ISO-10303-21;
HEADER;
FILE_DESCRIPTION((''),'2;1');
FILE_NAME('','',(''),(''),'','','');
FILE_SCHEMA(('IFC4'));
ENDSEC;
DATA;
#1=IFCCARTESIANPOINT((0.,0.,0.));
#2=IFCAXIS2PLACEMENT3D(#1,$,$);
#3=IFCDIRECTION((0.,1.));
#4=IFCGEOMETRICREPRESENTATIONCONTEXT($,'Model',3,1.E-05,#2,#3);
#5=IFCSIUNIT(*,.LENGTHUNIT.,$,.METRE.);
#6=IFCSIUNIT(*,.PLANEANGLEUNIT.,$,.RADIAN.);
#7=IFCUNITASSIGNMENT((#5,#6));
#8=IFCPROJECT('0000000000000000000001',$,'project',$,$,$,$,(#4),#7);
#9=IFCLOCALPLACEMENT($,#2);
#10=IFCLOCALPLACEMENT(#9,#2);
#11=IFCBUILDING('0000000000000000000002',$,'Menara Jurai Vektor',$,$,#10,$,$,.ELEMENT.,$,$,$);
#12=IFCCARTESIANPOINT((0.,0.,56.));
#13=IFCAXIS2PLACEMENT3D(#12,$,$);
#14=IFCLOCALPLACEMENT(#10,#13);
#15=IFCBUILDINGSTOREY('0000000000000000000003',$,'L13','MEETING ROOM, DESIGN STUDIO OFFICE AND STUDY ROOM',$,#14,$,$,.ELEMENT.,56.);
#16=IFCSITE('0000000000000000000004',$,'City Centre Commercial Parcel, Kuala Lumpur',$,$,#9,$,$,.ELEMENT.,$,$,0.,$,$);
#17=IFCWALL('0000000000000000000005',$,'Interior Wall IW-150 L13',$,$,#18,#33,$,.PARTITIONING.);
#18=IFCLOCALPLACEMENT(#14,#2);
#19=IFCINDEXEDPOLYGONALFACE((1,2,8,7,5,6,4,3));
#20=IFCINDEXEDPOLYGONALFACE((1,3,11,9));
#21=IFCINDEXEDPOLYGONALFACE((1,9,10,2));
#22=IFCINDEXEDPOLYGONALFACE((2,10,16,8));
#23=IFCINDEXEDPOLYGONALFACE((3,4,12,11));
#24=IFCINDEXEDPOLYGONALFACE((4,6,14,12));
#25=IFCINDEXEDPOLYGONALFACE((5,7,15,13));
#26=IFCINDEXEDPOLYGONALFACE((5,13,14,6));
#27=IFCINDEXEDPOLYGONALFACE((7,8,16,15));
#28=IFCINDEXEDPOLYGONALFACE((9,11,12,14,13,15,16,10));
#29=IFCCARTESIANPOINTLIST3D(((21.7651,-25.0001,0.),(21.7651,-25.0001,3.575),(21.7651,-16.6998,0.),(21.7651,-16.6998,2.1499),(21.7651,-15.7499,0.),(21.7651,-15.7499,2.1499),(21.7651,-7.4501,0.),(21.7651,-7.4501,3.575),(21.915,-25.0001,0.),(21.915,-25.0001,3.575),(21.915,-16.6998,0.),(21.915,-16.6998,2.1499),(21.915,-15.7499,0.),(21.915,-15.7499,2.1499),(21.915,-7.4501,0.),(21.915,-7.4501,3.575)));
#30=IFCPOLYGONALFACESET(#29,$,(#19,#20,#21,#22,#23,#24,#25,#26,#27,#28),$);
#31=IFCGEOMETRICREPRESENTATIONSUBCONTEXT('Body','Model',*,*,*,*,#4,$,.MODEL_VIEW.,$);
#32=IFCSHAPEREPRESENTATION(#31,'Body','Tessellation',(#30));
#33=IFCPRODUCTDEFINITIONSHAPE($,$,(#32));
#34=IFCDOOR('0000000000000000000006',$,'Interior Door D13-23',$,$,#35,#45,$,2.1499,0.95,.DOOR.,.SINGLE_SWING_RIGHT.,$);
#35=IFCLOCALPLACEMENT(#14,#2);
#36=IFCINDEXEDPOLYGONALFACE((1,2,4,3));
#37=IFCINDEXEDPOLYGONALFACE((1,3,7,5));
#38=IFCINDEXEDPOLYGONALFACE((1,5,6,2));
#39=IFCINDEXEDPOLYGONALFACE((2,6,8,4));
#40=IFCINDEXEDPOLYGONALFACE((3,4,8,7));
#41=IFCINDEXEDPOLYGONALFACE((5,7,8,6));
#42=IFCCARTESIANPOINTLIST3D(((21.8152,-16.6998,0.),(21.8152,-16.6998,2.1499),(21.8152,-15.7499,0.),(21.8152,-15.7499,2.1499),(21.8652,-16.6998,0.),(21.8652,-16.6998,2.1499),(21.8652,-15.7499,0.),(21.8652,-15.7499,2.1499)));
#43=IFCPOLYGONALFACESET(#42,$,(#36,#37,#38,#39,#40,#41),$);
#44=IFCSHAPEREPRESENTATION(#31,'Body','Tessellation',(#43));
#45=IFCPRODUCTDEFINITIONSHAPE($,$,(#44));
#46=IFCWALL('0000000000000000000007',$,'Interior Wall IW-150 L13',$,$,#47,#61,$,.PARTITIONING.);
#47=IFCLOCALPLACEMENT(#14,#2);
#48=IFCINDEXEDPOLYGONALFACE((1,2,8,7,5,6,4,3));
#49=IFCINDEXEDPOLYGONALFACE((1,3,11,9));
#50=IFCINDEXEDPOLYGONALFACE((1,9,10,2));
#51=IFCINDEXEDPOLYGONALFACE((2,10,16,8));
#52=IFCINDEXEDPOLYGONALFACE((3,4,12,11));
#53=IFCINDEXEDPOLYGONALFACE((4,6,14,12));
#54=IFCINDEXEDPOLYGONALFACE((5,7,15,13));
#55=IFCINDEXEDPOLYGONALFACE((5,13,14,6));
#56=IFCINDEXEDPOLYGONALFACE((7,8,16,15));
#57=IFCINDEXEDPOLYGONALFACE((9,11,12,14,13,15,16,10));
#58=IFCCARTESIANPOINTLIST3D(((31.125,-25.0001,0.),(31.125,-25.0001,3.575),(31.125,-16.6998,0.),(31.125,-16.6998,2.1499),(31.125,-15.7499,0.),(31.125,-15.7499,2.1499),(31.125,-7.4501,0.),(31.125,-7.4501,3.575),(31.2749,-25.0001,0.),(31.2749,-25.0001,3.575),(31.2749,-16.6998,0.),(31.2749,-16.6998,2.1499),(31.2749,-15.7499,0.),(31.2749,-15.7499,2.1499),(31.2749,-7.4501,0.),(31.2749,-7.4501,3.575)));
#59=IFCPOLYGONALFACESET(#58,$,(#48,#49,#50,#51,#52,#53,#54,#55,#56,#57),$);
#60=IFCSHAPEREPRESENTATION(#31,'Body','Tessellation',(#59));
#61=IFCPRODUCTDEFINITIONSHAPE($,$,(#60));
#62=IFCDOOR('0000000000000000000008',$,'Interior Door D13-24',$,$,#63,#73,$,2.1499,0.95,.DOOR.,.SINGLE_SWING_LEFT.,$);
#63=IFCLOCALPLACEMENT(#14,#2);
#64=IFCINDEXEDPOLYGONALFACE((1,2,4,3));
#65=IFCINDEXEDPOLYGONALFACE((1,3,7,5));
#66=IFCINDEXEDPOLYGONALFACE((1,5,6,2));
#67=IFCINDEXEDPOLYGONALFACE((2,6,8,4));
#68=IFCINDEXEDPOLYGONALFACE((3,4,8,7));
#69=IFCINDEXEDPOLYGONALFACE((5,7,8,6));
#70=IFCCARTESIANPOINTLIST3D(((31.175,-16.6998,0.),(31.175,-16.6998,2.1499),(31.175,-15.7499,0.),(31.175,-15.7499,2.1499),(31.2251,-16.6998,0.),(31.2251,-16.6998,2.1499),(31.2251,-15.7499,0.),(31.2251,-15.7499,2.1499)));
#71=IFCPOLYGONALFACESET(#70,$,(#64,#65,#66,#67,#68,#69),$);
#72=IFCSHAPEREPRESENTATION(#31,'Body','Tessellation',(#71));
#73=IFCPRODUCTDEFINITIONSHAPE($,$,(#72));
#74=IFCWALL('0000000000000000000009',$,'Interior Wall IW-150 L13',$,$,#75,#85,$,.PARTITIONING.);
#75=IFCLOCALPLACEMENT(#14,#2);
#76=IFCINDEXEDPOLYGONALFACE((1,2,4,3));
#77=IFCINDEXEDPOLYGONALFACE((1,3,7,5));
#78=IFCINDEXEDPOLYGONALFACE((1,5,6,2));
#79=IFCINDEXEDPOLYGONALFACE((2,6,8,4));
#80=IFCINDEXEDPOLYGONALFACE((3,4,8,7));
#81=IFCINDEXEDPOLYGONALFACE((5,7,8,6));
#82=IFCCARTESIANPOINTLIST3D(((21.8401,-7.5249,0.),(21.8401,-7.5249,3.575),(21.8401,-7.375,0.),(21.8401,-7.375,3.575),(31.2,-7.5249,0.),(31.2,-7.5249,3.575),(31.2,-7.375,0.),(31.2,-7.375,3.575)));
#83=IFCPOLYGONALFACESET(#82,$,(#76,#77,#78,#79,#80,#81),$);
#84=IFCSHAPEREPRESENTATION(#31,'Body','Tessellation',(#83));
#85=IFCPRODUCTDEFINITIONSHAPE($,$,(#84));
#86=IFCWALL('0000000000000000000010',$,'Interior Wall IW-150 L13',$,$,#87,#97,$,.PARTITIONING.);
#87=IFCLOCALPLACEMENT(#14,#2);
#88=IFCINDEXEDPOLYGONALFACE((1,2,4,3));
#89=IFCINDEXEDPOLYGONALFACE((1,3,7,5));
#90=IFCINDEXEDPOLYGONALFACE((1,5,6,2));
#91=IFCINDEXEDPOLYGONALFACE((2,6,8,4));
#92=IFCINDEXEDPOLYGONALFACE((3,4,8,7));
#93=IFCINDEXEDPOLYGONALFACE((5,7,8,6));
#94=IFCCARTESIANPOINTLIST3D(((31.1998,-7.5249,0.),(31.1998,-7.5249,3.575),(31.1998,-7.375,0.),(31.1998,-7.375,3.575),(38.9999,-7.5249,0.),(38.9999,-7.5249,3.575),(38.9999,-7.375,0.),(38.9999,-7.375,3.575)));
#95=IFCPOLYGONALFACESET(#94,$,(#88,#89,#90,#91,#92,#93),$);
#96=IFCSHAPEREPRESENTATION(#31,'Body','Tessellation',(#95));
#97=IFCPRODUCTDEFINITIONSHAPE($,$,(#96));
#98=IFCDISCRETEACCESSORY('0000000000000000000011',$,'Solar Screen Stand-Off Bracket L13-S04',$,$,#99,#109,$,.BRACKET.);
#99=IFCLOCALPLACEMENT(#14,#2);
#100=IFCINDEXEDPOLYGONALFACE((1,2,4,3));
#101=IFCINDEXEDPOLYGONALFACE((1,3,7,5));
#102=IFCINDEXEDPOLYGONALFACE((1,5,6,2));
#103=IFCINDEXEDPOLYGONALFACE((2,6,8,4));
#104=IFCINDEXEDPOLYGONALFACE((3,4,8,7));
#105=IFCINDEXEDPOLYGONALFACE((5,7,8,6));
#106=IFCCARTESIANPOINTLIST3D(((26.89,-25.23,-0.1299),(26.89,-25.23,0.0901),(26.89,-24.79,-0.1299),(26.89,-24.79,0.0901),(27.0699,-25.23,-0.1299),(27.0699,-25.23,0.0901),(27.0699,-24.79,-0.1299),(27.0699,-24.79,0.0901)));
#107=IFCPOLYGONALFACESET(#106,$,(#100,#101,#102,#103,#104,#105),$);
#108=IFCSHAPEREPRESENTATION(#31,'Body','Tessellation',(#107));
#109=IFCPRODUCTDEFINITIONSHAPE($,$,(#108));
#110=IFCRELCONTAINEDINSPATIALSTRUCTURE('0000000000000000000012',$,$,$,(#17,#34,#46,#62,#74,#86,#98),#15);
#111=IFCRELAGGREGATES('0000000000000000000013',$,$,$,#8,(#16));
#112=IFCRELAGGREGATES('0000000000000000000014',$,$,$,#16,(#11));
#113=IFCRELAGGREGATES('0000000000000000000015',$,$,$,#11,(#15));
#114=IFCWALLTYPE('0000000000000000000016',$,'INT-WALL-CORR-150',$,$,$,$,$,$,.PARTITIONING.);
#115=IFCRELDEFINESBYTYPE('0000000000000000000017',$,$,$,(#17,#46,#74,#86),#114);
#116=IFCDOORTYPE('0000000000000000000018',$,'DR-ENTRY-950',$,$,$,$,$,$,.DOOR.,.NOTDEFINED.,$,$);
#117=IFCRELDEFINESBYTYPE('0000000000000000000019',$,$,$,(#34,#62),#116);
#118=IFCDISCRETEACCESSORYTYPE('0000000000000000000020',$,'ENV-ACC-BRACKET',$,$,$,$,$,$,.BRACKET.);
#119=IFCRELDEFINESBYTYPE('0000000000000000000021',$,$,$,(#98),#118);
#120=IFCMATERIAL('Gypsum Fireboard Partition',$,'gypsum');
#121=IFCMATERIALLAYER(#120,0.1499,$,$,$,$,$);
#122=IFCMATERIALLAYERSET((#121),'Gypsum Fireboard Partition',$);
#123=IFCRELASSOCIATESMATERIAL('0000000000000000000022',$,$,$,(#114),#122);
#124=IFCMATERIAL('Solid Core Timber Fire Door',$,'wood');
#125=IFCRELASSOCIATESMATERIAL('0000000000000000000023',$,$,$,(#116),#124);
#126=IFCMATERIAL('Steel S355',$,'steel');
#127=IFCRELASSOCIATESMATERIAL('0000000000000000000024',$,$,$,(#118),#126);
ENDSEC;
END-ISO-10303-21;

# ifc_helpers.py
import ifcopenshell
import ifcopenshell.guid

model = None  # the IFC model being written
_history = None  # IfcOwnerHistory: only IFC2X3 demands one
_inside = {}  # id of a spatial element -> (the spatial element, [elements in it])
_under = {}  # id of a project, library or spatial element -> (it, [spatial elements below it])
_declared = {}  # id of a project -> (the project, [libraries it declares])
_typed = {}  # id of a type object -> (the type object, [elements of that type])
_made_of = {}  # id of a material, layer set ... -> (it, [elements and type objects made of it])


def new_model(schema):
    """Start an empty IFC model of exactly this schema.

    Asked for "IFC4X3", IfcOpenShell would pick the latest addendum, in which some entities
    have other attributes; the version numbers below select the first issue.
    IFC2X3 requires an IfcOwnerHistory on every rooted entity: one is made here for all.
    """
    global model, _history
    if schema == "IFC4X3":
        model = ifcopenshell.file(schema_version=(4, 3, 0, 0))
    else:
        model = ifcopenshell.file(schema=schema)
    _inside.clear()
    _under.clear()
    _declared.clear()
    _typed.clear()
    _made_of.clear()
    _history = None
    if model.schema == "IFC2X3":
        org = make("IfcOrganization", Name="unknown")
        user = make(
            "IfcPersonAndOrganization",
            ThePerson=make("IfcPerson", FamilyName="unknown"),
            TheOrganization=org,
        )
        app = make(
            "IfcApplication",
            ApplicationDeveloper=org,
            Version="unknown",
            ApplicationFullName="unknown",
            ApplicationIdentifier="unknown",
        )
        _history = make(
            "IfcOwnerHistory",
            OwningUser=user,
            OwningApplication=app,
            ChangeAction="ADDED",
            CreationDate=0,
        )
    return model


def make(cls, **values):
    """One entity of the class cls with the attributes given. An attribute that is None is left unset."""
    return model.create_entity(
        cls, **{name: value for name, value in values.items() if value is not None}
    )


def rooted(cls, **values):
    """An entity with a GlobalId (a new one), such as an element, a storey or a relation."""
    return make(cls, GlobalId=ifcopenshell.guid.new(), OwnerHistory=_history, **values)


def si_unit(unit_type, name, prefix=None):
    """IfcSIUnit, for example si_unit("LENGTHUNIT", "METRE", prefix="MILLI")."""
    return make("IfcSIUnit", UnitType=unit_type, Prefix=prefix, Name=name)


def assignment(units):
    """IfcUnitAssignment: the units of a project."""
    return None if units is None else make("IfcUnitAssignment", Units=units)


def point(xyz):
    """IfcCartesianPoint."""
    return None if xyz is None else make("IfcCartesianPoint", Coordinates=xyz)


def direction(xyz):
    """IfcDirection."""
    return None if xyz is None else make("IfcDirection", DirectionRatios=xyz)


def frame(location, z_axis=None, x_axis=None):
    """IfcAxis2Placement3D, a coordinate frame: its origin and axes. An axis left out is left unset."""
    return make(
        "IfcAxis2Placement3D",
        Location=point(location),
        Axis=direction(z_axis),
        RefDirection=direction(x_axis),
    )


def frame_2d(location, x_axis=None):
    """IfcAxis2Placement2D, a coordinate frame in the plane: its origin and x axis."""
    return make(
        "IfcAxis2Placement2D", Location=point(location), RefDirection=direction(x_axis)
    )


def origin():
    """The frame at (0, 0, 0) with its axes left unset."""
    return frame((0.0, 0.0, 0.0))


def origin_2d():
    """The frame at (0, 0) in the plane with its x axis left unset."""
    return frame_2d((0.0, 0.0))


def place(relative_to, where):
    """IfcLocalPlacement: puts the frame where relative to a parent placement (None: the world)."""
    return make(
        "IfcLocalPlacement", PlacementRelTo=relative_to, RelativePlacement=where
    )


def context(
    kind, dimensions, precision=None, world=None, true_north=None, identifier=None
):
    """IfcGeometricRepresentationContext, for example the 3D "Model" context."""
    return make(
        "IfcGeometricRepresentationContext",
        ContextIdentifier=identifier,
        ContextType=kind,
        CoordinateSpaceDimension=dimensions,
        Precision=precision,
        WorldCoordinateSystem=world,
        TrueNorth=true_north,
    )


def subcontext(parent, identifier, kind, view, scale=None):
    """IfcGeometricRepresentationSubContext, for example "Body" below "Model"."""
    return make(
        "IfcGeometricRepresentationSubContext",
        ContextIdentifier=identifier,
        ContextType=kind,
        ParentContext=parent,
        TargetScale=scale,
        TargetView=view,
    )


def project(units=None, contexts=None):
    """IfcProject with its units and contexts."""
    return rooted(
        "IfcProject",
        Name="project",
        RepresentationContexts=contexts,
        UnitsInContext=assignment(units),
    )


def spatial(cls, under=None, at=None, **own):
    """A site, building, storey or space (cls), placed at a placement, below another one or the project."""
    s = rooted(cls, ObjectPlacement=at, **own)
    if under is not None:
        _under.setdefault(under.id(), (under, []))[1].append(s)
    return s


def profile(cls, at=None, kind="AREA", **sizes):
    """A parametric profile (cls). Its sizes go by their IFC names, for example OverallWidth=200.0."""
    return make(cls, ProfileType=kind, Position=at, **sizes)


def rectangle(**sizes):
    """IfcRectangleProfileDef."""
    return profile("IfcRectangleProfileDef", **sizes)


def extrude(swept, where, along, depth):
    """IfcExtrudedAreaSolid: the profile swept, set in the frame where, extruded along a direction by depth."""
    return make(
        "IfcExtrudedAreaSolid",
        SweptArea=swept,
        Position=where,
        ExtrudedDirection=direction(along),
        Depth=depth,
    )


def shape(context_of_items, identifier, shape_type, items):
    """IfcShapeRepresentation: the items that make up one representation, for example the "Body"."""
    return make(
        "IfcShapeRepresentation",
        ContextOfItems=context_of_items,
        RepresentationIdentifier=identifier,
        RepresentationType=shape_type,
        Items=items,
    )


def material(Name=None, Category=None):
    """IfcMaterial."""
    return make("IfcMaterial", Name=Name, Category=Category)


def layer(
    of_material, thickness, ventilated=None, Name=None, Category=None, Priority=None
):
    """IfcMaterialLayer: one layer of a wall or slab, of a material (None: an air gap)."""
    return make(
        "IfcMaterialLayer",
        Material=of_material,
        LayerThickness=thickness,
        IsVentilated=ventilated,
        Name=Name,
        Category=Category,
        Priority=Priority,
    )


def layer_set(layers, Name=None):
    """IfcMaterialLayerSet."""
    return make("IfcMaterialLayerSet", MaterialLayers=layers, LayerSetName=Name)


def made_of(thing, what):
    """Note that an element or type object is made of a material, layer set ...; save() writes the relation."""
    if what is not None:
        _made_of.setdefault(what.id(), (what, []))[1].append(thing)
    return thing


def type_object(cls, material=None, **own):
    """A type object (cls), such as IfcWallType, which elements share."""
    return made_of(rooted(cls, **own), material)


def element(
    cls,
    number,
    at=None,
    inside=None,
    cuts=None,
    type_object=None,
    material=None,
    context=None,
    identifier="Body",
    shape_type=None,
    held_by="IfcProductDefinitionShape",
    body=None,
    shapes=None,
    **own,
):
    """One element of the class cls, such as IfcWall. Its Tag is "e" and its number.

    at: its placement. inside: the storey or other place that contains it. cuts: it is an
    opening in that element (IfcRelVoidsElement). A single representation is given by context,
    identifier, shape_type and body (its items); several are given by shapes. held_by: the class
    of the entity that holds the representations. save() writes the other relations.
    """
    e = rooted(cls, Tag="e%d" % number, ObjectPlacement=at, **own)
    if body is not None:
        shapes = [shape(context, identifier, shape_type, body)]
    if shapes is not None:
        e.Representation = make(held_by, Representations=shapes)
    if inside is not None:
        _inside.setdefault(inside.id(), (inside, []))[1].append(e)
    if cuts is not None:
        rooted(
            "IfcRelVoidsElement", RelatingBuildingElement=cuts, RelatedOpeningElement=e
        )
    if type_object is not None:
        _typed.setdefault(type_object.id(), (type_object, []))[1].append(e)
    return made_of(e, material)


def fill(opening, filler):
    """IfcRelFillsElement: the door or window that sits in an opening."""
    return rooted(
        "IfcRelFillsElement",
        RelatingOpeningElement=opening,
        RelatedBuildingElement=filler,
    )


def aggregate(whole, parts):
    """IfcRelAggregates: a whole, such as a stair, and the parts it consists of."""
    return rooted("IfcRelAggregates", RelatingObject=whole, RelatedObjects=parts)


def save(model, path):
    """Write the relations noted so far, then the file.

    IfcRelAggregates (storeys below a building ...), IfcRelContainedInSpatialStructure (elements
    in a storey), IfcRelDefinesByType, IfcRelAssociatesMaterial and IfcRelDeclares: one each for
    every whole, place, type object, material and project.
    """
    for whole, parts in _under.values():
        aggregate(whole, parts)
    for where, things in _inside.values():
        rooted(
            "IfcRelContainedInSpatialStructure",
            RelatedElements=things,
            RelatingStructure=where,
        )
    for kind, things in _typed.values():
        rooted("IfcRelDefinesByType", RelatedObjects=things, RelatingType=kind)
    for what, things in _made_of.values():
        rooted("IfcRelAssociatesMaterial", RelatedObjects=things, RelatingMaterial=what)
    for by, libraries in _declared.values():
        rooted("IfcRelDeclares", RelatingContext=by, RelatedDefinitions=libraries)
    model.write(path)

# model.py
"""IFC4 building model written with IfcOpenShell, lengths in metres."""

from ifc_helpers import new_model, si_unit, direction, frame, frame_2d, origin, origin_2d, place, context, subcontext, project, spatial, rectangle, extrude, material, layer, layer_set, type_object, element, fill, save


model = new_model("IFC4")

# Units and contexts
model_context = context("Model", 3, precision=1e-05, world=origin(), true_north=direction((0.0, 1.0)))
body_context = subcontext(model_context, "Body", "Model", "MODEL_VIEW")
ifc_project = project(units=[si_unit("LENGTHUNIT", "METRE"), si_unit("PLANEANGLEUNIT", "RADIAN")], contexts=[model_context])

# Site, building, storey
site_placement = place(None, origin())
site = spatial("IfcSite", under=ifc_project, at=site_placement, Name="City Centre Commercial Parcel, Kuala Lumpur", CompositionType="ELEMENT", RefElevation=0.0)
building_placement = place(site_placement, origin())
building = spatial("IfcBuilding", under=site, at=building_placement, Name="Menara Jurai Vektor", CompositionType="ELEMENT")
storey_placement = place(building_placement, frame((0.0, 0.0, 56.0)))
storey = spatial("IfcBuildingStorey", under=building, at=storey_placement, Name="L13", Description="MEETING ROOM, DESIGN STUDIO OFFICE AND STUDY ROOM", CompositionType="ELEMENT", Elevation=56.0)

# Shared definitions
ifc_material_1 = material(Name="Steel S355", Category="steel")

# Walls, openings, doors
ifc_material_2 = material(Name="Gypsum Fireboard Partition", Category="gypsum")
ifc_layer_1 = layer(ifc_material_2, 0.1499)
ifc_layer_set_1 = layer_set([ifc_layer_1], Name="Gypsum Fireboard Partition")
wall_type = type_object("IfcWallType", Name="INT-WALL-CORR-150", PredefinedType="PARTITIONING", material=ifc_layer_set_1)
wall_1_placement = place(storey_placement, frame((21.8401, -25.0, 0.0), z_axis=(0.0, 0.0, 1.0), x_axis=(0.0, 1.0, 0.0)))
wall_1 = element("IfcWall", 1, at=wall_1_placement, inside=storey, type_object=wall_type, Name="Interior Wall IW-150 L13", PredefinedType="PARTITIONING", context=body_context, shape_type="SweptSolid", body=[
    extrude(rectangle(XDim=17.55, YDim=0.1499, at=frame_2d((8.7749, 0.0))), origin(), (0.0, 0.0, 1.0), 3.575),
])
opening_1_placement = place(wall_1_placement, frame((8.3, 0.0, 0.0)))
opening_1 = element("IfcOpeningElement", 2, at=opening_1_placement, cuts=wall_1, PredefinedType="OPENING", context=body_context, shape_type="SweptSolid", body=[
    extrude(rectangle(XDim=0.95, YDim=2.1499, at=frame_2d((0.4751, 1.075))), frame((0.0, 0.085, 0.0), z_axis=(0.0, -1.0, 0.0), x_axis=(1.0, 0.0, 0.0)), (0.0, 0.0, 1.0), 0.1699),
])
ifc_material_3 = material(Name="Solid Core Timber Fire Door", Category="wood")
door_type = type_object("IfcDoorType", Name="DR-ENTRY-950", OperationType="NOTDEFINED", PredefinedType="DOOR", material=ifc_material_3)
door_1_placement = place(opening_1_placement, origin())
door_1 = element("IfcDoor", 3, at=door_1_placement, inside=storey, type_object=door_type, Name="Interior Door D13-23", OperationType="SINGLE_SWING_RIGHT", OverallHeight=2.1499, OverallWidth=0.95, PredefinedType="DOOR", context=body_context, shape_type="SweptSolid", body=[
    extrude(rectangle(XDim=0.95, YDim=2.1499, at=frame_2d((0.4751, 1.075))), frame((0.0, 0.0249, 0.0), z_axis=(0.0, -1.0, 0.0), x_axis=(1.0, 0.0, 0.0)), (0.0, 0.0, 1.0), 0.05),
])
fill(opening_1, door_1)
wall_2_placement = place(storey_placement, frame((31.2, -25.0, 0.0), z_axis=(0.0, 0.0, 1.0), x_axis=(0.0, 1.0, 0.0)))
wall_2 = element("IfcWall", 4, at=wall_2_placement, inside=storey, type_object=wall_type, Name="Interior Wall IW-150 L13", PredefinedType="PARTITIONING", context=body_context, shape_type="SweptSolid", body=[
    extrude(rectangle(XDim=17.55, YDim=0.1499, at=frame_2d((8.7749, 0.0))), origin(), (0.0, 0.0, 1.0), 3.575),
])
opening_2_placement = place(wall_2_placement, frame((8.3, 0.0, 0.0)))
opening_2 = element("IfcOpeningElement", 5, at=opening_2_placement, cuts=wall_2, PredefinedType="OPENING", context=body_context, shape_type="SweptSolid", body=[
    extrude(rectangle(XDim=0.95, YDim=2.1499, at=frame_2d((0.4751, 1.075))), frame((0.0, 0.085, 0.0), z_axis=(0.0, -1.0, 0.0), x_axis=(1.0, 0.0, 0.0)), (0.0, 0.0, 1.0), 0.1699),
])
door_2_placement = place(opening_2_placement, origin())
door_2 = element("IfcDoor", 6, at=door_2_placement, inside=storey, type_object=door_type, Name="Interior Door D13-24", OperationType="SINGLE_SWING_LEFT", OverallHeight=2.1499, OverallWidth=0.95, PredefinedType="DOOR", context=body_context, shape_type="SweptSolid", body=[
    extrude(rectangle(XDim=0.95, YDim=2.1499, at=frame_2d((0.4751, 1.075))), frame((0.0, 0.0249, 0.0), z_axis=(0.0, -1.0, 0.0), x_axis=(1.0, 0.0, 0.0)), (0.0, 0.0, 1.0), 0.05),
])
fill(opening_2, door_2)

# Walls
wall_3_placement = place(storey_placement, frame((21.8401, -7.45, 0.0), z_axis=(0.0, 0.0, 1.0), x_axis=(1.0, 0.0, 0.0)))
element("IfcWall", 7, at=wall_3_placement, inside=storey, type_object=wall_type, Name="Interior Wall IW-150 L13", PredefinedType="PARTITIONING", context=body_context, shape_type="SweptSolid", body=[
    extrude(rectangle(XDim=9.3599, YDim=0.1499, at=frame_2d((4.6799, 0.0))), origin(), (0.0, 0.0, 1.0), 3.575),
])
wall_4_placement = place(storey_placement, frame((31.2, -7.45, 0.0), z_axis=(0.0, 0.0, 1.0), x_axis=(1.0, 0.0, 0.0)))
element("IfcWall", 8, at=wall_4_placement, inside=storey, type_object=wall_type, Name="Interior Wall IW-150 L13", PredefinedType="PARTITIONING", context=body_context, shape_type="SweptSolid", body=[
    extrude(rectangle(XDim=7.8, YDim=0.1499, at=frame_2d((3.8999, 0.0))), origin(), (0.0, 0.0, 1.0), 3.575),
])

# Discrete accessory
discrete_accessory_type = type_object("IfcDiscreteAccessoryType", Name="ENV-ACC-BRACKET", PredefinedType="BRACKET", material=ifc_material_1)
discrete_accessory_placement = place(storey_placement, frame((26.98, -25.01, -0.1299), z_axis=(0.0, 0.0, 1.0), x_axis=(1.0, 0.0, 0.0)))
element("IfcDiscreteAccessory", 9, at=discrete_accessory_placement, inside=storey, type_object=discrete_accessory_type, Name="Solar Screen Stand-Off Bracket L13-S04", PredefinedType="BRACKET", context=body_context, shape_type="SweptSolid", body=[
    extrude(rectangle(XDim=0.1799, YDim=0.4399, at=origin_2d()), origin(), (0.0, 0.0, 1.0), 0.22),
])

save(model, "model.ifc")
